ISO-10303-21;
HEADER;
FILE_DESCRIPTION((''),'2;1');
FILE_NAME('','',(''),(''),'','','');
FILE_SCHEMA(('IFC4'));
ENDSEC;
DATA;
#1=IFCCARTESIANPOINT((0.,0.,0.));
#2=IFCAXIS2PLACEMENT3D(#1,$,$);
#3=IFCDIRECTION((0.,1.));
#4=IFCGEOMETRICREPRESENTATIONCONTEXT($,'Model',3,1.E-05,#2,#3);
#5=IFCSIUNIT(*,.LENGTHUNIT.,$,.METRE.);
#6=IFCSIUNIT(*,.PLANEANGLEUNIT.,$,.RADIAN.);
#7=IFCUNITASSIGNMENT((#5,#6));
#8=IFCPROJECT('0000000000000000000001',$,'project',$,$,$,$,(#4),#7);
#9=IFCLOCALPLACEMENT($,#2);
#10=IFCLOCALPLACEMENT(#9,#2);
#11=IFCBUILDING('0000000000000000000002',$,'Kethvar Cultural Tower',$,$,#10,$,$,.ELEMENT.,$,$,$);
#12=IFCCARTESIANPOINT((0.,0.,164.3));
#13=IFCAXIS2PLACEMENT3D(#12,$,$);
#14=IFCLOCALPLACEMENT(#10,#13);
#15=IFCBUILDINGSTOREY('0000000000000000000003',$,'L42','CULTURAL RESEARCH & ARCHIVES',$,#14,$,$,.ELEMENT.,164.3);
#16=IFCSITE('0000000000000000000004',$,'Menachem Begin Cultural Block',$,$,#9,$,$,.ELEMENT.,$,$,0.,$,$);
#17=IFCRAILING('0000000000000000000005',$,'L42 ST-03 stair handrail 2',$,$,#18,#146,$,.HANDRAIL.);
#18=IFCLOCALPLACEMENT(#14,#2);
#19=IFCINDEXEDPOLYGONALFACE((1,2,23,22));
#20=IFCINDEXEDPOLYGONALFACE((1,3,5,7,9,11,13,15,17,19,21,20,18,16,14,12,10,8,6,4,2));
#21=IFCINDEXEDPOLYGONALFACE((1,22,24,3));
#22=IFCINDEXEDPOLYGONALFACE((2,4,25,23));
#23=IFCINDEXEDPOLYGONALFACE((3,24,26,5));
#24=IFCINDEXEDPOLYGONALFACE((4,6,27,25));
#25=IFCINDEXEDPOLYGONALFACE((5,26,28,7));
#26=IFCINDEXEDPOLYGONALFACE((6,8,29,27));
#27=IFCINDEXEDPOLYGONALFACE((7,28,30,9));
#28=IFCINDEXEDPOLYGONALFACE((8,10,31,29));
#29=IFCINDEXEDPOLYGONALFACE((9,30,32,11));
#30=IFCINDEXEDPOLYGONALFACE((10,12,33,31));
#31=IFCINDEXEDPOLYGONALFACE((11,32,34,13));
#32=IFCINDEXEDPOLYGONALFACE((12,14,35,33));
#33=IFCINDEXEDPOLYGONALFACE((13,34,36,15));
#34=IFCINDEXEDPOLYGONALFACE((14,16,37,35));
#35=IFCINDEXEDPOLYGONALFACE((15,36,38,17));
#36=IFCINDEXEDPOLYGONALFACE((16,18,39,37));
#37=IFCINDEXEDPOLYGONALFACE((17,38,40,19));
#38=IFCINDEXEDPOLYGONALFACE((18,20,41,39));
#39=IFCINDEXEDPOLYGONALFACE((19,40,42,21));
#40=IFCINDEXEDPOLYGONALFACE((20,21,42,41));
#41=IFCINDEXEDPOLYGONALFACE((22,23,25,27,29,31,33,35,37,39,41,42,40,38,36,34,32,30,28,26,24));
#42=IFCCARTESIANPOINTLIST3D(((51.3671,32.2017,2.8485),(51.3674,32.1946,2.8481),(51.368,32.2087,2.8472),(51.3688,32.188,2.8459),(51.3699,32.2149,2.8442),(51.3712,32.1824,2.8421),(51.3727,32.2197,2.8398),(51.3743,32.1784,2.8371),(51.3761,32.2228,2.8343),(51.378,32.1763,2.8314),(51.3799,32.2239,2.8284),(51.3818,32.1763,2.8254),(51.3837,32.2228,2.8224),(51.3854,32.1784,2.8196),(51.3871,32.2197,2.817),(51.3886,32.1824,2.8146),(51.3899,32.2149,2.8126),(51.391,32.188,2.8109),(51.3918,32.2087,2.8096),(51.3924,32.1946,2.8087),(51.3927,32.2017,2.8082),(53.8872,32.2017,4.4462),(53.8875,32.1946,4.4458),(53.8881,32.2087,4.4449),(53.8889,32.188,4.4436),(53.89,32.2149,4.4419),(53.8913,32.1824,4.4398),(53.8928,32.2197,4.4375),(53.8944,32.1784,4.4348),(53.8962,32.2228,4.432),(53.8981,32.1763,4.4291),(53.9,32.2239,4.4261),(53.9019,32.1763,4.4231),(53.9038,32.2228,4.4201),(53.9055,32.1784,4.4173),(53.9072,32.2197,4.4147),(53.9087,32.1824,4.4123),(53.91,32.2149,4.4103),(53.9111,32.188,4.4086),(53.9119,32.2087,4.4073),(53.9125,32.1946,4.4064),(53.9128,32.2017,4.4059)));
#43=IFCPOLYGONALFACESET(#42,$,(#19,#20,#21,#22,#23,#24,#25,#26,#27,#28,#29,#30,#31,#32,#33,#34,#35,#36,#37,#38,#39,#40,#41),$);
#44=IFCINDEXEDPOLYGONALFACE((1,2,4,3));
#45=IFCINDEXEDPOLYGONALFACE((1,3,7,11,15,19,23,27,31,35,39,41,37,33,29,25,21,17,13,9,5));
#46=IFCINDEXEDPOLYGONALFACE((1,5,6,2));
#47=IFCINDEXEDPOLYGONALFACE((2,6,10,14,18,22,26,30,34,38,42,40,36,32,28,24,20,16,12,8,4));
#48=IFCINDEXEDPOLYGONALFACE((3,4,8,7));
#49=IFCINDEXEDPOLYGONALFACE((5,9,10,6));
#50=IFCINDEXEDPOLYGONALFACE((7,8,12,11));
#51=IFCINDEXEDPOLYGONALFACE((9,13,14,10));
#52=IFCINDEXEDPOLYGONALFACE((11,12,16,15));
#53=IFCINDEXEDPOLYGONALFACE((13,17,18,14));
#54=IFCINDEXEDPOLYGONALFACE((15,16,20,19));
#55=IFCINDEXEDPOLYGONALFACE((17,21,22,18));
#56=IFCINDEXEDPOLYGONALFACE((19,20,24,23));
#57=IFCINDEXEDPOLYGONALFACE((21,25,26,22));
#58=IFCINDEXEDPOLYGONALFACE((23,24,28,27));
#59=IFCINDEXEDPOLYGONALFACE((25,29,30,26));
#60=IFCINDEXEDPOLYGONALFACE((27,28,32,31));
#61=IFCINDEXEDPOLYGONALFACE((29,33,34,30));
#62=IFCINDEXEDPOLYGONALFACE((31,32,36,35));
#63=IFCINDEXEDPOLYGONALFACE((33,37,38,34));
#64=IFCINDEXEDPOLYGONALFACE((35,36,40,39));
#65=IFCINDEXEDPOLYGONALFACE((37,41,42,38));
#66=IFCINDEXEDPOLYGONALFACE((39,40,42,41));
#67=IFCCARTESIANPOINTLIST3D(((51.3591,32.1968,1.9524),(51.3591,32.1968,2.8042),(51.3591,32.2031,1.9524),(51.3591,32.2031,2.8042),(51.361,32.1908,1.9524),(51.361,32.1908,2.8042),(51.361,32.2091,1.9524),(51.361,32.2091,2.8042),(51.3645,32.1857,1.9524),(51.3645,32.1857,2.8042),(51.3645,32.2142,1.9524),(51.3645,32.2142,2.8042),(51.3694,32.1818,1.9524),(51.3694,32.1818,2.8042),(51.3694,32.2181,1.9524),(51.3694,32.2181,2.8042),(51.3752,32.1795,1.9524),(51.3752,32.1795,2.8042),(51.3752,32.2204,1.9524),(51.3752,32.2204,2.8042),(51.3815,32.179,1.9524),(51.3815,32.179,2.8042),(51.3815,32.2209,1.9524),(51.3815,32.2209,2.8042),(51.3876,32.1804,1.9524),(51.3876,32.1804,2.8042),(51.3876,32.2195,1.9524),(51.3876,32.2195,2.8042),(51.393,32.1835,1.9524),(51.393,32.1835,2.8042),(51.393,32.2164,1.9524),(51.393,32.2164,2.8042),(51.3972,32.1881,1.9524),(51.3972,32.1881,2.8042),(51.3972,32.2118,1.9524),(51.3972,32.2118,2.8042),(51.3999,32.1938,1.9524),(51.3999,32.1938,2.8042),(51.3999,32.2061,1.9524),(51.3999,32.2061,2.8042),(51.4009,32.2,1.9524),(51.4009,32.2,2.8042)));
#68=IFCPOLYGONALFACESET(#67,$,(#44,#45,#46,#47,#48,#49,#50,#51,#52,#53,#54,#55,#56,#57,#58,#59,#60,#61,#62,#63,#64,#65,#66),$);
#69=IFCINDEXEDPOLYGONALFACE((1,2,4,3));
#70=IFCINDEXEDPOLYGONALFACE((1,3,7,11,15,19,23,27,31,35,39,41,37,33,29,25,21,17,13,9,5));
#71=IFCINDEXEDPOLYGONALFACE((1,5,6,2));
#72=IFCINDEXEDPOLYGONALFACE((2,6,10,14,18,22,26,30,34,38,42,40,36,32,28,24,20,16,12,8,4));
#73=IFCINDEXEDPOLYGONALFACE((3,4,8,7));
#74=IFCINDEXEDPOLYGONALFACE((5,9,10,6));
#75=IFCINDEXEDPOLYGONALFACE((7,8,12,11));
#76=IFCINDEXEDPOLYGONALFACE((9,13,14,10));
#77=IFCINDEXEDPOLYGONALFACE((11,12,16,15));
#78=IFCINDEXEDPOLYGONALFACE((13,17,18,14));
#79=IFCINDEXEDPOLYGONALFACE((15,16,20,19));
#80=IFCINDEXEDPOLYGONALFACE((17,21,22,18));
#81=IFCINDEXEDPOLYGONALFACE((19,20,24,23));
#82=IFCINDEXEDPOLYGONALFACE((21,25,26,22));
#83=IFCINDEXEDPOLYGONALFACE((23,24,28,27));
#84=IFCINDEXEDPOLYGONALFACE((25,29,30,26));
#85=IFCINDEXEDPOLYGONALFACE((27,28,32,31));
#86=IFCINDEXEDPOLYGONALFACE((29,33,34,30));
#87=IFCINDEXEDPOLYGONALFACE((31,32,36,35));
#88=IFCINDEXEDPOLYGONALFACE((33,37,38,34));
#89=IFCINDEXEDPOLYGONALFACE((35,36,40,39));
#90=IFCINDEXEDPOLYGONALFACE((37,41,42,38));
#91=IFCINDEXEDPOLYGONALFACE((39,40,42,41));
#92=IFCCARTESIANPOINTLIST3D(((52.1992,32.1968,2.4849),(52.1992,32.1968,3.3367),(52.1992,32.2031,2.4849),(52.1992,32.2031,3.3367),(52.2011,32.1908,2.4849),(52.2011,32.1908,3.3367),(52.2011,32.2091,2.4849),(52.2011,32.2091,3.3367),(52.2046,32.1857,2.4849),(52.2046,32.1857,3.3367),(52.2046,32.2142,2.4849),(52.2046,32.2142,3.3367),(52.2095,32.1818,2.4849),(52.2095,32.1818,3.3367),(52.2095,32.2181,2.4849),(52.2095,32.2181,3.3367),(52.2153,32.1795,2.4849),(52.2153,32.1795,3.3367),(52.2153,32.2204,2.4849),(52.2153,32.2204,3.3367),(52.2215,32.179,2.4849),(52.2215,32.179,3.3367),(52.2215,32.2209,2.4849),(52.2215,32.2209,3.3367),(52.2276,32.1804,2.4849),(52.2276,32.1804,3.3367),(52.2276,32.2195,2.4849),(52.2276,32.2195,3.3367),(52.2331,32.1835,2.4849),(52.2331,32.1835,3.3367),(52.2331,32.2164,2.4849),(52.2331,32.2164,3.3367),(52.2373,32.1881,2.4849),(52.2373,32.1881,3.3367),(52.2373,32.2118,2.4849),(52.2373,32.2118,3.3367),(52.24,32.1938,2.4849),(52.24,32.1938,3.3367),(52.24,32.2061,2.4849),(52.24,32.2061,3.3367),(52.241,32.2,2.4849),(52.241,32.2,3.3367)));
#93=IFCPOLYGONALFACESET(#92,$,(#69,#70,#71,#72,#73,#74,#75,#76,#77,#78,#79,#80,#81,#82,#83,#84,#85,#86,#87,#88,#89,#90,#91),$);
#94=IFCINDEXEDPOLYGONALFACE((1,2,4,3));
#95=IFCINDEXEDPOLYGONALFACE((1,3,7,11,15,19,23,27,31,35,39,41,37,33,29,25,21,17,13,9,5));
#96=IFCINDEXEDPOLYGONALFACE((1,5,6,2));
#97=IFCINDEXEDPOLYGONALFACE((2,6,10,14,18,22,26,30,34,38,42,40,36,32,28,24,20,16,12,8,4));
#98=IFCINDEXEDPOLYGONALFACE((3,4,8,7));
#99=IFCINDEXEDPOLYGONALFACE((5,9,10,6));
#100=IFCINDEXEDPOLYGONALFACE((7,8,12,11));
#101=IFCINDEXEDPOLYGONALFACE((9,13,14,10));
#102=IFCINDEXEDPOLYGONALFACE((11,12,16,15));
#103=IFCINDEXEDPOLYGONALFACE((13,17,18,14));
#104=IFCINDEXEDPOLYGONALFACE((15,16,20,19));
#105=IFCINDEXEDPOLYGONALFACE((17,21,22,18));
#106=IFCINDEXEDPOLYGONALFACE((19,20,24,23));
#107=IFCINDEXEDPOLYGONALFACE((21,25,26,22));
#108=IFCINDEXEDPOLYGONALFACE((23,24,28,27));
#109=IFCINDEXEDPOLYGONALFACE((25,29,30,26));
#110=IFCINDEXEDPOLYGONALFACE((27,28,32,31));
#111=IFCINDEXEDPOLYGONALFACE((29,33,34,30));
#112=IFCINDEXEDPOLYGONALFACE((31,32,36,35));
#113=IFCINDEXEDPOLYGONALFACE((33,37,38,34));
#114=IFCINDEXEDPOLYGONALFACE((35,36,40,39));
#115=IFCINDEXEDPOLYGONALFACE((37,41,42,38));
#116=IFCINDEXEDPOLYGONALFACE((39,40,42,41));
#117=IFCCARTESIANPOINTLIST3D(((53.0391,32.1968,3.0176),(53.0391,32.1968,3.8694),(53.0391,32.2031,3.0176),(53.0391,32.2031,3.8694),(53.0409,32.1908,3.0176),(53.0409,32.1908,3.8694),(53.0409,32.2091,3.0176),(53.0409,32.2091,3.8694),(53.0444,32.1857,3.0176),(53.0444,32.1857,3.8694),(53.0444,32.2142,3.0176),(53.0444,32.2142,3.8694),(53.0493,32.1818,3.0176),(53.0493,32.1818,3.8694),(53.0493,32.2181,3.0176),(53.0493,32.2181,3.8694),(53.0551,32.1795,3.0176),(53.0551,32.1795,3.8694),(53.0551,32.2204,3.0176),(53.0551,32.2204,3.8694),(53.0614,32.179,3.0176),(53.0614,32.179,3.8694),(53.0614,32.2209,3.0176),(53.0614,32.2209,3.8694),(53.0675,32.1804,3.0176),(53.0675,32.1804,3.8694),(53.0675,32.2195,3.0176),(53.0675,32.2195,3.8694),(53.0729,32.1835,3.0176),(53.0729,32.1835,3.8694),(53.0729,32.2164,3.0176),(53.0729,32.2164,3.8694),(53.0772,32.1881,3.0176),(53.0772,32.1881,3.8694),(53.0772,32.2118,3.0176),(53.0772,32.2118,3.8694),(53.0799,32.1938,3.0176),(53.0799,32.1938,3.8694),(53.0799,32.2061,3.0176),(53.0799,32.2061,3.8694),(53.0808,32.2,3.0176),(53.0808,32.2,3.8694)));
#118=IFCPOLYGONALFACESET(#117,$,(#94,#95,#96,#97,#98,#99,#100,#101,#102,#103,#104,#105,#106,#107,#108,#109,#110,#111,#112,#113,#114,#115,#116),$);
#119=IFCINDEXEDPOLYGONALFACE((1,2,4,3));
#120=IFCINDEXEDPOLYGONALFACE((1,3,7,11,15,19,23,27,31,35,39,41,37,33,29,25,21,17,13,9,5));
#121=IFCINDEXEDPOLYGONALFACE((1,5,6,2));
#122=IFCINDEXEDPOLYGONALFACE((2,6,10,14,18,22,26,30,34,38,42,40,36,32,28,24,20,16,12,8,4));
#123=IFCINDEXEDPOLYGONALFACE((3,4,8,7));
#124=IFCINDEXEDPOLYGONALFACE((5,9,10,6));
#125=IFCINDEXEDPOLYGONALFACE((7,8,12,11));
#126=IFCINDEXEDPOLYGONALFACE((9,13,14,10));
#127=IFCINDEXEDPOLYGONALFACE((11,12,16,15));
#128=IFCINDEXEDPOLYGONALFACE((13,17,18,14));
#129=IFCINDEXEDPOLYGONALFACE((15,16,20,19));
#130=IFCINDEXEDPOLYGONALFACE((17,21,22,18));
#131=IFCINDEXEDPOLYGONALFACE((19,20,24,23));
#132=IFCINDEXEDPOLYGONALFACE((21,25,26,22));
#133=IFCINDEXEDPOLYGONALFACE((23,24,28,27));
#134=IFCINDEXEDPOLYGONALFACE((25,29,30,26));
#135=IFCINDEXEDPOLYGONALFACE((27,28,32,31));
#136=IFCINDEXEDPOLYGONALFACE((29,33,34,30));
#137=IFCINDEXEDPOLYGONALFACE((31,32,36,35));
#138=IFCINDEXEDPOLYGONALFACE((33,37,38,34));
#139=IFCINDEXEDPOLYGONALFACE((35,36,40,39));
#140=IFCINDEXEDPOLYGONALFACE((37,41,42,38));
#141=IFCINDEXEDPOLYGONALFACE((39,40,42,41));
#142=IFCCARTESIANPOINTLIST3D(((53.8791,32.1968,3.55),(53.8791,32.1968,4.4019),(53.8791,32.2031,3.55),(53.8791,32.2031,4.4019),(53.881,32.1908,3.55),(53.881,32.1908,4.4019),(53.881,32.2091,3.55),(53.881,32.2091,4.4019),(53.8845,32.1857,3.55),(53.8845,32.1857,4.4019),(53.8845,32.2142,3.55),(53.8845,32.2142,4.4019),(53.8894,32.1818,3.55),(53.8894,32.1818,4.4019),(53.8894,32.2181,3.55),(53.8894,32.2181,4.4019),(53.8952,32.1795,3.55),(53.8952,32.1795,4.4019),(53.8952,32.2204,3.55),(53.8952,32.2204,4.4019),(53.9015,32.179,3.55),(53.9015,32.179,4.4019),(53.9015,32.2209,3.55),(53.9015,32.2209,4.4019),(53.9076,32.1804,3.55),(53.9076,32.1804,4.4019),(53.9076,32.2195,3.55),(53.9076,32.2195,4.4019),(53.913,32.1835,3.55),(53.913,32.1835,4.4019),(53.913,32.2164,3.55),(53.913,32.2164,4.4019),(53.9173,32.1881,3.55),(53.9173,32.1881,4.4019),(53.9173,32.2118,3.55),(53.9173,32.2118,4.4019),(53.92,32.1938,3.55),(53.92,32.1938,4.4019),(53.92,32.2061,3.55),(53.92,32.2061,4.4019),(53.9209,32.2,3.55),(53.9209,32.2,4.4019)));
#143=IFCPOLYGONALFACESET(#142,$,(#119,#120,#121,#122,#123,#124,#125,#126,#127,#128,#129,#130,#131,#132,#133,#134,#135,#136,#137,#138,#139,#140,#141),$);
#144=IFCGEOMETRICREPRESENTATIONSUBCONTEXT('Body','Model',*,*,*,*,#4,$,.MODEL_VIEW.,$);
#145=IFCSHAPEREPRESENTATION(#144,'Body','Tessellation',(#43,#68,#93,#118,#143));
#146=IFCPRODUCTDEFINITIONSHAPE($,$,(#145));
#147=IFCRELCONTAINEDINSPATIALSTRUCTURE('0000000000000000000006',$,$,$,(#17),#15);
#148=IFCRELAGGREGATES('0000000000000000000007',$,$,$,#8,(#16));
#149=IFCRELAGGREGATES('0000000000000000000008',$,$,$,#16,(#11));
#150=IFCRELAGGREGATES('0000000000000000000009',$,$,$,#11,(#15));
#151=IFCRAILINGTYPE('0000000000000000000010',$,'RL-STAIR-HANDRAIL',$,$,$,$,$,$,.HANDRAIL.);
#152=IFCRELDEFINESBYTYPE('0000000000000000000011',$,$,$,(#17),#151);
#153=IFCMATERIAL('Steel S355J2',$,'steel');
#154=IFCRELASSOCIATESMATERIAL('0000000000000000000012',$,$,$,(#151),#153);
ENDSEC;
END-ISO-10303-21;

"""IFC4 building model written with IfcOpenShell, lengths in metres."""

from ifc_helpers import new_model, si_unit, direction, frame, origin, origin_2d, place, context, subcontext, project, spatial, circle, extrude, material, type_object, element, save


model = new_model("IFC4")

# Units and contexts
model_context = context("Model", 3, precision=1e-05, world=origin(), true_north=direction((0.0, 1.0)))
body_context = subcontext(model_context, "Body", "Model", "MODEL_VIEW")
ifc_project = project(units=[si_unit("LENGTHUNIT", "METRE"), si_unit("PLANEANGLEUNIT", "RADIAN")], contexts=[model_context])

# Site, building, storey
site_placement = place(None, origin())
site = spatial("IfcSite", under=ifc_project, at=site_placement, Name="Menachem Begin Cultural Block", CompositionType="ELEMENT", RefElevation=0.0)
building_placement = place(site_placement, origin())
building = spatial("IfcBuilding", under=site, at=building_placement, Name="Kethvar Cultural Tower", CompositionType="ELEMENT")
storey_placement = place(building_placement, frame((0.0, 0.0, 164.3)))
storey = spatial("IfcBuildingStorey", under=building, at=storey_placement, Name="L42", Description="CULTURAL RESEARCH & ARCHIVES", CompositionType="ELEMENT", Elevation=164.3)

# Shared definitions
ifc_material_1 = material(Name="Steel S355J2", Category="steel")

# Railing
railing_type_1 = type_object("IfcRailingType", Name="RL-STAIR-HANDRAIL", PredefinedType="HANDRAIL", material=ifc_material_1)
railing_1_placement = place(storey_placement, frame((51.3799, 32.2, 1.9524)))
element("IfcRailing", 1, at=railing_1_placement, inside=storey, type_object=railing_type_1, Name="L42 ST-03 stair handrail 2", PredefinedType="HANDRAIL", context=body_context, shape_type="SweptSolid", body=[
    extrude(circle(Radius=0.0239, at=origin_2d()), frame((0.0, 0.0, 0.876), z_axis=(0.84457, 0.0, 0.535445), x_axis=(0.0, 1.0, 0.0)), (0.0, 0.0, 1.0), 2.9839),
    extrude(circle(Radius=0.021, at=origin_2d()), origin(), (0.0, 0.0, 1.0), 0.8518),
    extrude(circle(Radius=0.021, at=origin_2d()), frame((0.8401, 0.0, 0.5325)), (0.0, 0.0, 1.0), 0.8518),
    extrude(circle(Radius=0.021, at=origin_2d()), frame((1.6799, 0.0, 1.0652)), (0.0, 0.0, 1.0), 0.8518),
    extrude(circle(Radius=0.021, at=origin_2d()), frame((2.52, 0.0, 1.5977)), (0.0, 0.0, 1.0), 0.8518),
])

save(model, "model.ifc")
